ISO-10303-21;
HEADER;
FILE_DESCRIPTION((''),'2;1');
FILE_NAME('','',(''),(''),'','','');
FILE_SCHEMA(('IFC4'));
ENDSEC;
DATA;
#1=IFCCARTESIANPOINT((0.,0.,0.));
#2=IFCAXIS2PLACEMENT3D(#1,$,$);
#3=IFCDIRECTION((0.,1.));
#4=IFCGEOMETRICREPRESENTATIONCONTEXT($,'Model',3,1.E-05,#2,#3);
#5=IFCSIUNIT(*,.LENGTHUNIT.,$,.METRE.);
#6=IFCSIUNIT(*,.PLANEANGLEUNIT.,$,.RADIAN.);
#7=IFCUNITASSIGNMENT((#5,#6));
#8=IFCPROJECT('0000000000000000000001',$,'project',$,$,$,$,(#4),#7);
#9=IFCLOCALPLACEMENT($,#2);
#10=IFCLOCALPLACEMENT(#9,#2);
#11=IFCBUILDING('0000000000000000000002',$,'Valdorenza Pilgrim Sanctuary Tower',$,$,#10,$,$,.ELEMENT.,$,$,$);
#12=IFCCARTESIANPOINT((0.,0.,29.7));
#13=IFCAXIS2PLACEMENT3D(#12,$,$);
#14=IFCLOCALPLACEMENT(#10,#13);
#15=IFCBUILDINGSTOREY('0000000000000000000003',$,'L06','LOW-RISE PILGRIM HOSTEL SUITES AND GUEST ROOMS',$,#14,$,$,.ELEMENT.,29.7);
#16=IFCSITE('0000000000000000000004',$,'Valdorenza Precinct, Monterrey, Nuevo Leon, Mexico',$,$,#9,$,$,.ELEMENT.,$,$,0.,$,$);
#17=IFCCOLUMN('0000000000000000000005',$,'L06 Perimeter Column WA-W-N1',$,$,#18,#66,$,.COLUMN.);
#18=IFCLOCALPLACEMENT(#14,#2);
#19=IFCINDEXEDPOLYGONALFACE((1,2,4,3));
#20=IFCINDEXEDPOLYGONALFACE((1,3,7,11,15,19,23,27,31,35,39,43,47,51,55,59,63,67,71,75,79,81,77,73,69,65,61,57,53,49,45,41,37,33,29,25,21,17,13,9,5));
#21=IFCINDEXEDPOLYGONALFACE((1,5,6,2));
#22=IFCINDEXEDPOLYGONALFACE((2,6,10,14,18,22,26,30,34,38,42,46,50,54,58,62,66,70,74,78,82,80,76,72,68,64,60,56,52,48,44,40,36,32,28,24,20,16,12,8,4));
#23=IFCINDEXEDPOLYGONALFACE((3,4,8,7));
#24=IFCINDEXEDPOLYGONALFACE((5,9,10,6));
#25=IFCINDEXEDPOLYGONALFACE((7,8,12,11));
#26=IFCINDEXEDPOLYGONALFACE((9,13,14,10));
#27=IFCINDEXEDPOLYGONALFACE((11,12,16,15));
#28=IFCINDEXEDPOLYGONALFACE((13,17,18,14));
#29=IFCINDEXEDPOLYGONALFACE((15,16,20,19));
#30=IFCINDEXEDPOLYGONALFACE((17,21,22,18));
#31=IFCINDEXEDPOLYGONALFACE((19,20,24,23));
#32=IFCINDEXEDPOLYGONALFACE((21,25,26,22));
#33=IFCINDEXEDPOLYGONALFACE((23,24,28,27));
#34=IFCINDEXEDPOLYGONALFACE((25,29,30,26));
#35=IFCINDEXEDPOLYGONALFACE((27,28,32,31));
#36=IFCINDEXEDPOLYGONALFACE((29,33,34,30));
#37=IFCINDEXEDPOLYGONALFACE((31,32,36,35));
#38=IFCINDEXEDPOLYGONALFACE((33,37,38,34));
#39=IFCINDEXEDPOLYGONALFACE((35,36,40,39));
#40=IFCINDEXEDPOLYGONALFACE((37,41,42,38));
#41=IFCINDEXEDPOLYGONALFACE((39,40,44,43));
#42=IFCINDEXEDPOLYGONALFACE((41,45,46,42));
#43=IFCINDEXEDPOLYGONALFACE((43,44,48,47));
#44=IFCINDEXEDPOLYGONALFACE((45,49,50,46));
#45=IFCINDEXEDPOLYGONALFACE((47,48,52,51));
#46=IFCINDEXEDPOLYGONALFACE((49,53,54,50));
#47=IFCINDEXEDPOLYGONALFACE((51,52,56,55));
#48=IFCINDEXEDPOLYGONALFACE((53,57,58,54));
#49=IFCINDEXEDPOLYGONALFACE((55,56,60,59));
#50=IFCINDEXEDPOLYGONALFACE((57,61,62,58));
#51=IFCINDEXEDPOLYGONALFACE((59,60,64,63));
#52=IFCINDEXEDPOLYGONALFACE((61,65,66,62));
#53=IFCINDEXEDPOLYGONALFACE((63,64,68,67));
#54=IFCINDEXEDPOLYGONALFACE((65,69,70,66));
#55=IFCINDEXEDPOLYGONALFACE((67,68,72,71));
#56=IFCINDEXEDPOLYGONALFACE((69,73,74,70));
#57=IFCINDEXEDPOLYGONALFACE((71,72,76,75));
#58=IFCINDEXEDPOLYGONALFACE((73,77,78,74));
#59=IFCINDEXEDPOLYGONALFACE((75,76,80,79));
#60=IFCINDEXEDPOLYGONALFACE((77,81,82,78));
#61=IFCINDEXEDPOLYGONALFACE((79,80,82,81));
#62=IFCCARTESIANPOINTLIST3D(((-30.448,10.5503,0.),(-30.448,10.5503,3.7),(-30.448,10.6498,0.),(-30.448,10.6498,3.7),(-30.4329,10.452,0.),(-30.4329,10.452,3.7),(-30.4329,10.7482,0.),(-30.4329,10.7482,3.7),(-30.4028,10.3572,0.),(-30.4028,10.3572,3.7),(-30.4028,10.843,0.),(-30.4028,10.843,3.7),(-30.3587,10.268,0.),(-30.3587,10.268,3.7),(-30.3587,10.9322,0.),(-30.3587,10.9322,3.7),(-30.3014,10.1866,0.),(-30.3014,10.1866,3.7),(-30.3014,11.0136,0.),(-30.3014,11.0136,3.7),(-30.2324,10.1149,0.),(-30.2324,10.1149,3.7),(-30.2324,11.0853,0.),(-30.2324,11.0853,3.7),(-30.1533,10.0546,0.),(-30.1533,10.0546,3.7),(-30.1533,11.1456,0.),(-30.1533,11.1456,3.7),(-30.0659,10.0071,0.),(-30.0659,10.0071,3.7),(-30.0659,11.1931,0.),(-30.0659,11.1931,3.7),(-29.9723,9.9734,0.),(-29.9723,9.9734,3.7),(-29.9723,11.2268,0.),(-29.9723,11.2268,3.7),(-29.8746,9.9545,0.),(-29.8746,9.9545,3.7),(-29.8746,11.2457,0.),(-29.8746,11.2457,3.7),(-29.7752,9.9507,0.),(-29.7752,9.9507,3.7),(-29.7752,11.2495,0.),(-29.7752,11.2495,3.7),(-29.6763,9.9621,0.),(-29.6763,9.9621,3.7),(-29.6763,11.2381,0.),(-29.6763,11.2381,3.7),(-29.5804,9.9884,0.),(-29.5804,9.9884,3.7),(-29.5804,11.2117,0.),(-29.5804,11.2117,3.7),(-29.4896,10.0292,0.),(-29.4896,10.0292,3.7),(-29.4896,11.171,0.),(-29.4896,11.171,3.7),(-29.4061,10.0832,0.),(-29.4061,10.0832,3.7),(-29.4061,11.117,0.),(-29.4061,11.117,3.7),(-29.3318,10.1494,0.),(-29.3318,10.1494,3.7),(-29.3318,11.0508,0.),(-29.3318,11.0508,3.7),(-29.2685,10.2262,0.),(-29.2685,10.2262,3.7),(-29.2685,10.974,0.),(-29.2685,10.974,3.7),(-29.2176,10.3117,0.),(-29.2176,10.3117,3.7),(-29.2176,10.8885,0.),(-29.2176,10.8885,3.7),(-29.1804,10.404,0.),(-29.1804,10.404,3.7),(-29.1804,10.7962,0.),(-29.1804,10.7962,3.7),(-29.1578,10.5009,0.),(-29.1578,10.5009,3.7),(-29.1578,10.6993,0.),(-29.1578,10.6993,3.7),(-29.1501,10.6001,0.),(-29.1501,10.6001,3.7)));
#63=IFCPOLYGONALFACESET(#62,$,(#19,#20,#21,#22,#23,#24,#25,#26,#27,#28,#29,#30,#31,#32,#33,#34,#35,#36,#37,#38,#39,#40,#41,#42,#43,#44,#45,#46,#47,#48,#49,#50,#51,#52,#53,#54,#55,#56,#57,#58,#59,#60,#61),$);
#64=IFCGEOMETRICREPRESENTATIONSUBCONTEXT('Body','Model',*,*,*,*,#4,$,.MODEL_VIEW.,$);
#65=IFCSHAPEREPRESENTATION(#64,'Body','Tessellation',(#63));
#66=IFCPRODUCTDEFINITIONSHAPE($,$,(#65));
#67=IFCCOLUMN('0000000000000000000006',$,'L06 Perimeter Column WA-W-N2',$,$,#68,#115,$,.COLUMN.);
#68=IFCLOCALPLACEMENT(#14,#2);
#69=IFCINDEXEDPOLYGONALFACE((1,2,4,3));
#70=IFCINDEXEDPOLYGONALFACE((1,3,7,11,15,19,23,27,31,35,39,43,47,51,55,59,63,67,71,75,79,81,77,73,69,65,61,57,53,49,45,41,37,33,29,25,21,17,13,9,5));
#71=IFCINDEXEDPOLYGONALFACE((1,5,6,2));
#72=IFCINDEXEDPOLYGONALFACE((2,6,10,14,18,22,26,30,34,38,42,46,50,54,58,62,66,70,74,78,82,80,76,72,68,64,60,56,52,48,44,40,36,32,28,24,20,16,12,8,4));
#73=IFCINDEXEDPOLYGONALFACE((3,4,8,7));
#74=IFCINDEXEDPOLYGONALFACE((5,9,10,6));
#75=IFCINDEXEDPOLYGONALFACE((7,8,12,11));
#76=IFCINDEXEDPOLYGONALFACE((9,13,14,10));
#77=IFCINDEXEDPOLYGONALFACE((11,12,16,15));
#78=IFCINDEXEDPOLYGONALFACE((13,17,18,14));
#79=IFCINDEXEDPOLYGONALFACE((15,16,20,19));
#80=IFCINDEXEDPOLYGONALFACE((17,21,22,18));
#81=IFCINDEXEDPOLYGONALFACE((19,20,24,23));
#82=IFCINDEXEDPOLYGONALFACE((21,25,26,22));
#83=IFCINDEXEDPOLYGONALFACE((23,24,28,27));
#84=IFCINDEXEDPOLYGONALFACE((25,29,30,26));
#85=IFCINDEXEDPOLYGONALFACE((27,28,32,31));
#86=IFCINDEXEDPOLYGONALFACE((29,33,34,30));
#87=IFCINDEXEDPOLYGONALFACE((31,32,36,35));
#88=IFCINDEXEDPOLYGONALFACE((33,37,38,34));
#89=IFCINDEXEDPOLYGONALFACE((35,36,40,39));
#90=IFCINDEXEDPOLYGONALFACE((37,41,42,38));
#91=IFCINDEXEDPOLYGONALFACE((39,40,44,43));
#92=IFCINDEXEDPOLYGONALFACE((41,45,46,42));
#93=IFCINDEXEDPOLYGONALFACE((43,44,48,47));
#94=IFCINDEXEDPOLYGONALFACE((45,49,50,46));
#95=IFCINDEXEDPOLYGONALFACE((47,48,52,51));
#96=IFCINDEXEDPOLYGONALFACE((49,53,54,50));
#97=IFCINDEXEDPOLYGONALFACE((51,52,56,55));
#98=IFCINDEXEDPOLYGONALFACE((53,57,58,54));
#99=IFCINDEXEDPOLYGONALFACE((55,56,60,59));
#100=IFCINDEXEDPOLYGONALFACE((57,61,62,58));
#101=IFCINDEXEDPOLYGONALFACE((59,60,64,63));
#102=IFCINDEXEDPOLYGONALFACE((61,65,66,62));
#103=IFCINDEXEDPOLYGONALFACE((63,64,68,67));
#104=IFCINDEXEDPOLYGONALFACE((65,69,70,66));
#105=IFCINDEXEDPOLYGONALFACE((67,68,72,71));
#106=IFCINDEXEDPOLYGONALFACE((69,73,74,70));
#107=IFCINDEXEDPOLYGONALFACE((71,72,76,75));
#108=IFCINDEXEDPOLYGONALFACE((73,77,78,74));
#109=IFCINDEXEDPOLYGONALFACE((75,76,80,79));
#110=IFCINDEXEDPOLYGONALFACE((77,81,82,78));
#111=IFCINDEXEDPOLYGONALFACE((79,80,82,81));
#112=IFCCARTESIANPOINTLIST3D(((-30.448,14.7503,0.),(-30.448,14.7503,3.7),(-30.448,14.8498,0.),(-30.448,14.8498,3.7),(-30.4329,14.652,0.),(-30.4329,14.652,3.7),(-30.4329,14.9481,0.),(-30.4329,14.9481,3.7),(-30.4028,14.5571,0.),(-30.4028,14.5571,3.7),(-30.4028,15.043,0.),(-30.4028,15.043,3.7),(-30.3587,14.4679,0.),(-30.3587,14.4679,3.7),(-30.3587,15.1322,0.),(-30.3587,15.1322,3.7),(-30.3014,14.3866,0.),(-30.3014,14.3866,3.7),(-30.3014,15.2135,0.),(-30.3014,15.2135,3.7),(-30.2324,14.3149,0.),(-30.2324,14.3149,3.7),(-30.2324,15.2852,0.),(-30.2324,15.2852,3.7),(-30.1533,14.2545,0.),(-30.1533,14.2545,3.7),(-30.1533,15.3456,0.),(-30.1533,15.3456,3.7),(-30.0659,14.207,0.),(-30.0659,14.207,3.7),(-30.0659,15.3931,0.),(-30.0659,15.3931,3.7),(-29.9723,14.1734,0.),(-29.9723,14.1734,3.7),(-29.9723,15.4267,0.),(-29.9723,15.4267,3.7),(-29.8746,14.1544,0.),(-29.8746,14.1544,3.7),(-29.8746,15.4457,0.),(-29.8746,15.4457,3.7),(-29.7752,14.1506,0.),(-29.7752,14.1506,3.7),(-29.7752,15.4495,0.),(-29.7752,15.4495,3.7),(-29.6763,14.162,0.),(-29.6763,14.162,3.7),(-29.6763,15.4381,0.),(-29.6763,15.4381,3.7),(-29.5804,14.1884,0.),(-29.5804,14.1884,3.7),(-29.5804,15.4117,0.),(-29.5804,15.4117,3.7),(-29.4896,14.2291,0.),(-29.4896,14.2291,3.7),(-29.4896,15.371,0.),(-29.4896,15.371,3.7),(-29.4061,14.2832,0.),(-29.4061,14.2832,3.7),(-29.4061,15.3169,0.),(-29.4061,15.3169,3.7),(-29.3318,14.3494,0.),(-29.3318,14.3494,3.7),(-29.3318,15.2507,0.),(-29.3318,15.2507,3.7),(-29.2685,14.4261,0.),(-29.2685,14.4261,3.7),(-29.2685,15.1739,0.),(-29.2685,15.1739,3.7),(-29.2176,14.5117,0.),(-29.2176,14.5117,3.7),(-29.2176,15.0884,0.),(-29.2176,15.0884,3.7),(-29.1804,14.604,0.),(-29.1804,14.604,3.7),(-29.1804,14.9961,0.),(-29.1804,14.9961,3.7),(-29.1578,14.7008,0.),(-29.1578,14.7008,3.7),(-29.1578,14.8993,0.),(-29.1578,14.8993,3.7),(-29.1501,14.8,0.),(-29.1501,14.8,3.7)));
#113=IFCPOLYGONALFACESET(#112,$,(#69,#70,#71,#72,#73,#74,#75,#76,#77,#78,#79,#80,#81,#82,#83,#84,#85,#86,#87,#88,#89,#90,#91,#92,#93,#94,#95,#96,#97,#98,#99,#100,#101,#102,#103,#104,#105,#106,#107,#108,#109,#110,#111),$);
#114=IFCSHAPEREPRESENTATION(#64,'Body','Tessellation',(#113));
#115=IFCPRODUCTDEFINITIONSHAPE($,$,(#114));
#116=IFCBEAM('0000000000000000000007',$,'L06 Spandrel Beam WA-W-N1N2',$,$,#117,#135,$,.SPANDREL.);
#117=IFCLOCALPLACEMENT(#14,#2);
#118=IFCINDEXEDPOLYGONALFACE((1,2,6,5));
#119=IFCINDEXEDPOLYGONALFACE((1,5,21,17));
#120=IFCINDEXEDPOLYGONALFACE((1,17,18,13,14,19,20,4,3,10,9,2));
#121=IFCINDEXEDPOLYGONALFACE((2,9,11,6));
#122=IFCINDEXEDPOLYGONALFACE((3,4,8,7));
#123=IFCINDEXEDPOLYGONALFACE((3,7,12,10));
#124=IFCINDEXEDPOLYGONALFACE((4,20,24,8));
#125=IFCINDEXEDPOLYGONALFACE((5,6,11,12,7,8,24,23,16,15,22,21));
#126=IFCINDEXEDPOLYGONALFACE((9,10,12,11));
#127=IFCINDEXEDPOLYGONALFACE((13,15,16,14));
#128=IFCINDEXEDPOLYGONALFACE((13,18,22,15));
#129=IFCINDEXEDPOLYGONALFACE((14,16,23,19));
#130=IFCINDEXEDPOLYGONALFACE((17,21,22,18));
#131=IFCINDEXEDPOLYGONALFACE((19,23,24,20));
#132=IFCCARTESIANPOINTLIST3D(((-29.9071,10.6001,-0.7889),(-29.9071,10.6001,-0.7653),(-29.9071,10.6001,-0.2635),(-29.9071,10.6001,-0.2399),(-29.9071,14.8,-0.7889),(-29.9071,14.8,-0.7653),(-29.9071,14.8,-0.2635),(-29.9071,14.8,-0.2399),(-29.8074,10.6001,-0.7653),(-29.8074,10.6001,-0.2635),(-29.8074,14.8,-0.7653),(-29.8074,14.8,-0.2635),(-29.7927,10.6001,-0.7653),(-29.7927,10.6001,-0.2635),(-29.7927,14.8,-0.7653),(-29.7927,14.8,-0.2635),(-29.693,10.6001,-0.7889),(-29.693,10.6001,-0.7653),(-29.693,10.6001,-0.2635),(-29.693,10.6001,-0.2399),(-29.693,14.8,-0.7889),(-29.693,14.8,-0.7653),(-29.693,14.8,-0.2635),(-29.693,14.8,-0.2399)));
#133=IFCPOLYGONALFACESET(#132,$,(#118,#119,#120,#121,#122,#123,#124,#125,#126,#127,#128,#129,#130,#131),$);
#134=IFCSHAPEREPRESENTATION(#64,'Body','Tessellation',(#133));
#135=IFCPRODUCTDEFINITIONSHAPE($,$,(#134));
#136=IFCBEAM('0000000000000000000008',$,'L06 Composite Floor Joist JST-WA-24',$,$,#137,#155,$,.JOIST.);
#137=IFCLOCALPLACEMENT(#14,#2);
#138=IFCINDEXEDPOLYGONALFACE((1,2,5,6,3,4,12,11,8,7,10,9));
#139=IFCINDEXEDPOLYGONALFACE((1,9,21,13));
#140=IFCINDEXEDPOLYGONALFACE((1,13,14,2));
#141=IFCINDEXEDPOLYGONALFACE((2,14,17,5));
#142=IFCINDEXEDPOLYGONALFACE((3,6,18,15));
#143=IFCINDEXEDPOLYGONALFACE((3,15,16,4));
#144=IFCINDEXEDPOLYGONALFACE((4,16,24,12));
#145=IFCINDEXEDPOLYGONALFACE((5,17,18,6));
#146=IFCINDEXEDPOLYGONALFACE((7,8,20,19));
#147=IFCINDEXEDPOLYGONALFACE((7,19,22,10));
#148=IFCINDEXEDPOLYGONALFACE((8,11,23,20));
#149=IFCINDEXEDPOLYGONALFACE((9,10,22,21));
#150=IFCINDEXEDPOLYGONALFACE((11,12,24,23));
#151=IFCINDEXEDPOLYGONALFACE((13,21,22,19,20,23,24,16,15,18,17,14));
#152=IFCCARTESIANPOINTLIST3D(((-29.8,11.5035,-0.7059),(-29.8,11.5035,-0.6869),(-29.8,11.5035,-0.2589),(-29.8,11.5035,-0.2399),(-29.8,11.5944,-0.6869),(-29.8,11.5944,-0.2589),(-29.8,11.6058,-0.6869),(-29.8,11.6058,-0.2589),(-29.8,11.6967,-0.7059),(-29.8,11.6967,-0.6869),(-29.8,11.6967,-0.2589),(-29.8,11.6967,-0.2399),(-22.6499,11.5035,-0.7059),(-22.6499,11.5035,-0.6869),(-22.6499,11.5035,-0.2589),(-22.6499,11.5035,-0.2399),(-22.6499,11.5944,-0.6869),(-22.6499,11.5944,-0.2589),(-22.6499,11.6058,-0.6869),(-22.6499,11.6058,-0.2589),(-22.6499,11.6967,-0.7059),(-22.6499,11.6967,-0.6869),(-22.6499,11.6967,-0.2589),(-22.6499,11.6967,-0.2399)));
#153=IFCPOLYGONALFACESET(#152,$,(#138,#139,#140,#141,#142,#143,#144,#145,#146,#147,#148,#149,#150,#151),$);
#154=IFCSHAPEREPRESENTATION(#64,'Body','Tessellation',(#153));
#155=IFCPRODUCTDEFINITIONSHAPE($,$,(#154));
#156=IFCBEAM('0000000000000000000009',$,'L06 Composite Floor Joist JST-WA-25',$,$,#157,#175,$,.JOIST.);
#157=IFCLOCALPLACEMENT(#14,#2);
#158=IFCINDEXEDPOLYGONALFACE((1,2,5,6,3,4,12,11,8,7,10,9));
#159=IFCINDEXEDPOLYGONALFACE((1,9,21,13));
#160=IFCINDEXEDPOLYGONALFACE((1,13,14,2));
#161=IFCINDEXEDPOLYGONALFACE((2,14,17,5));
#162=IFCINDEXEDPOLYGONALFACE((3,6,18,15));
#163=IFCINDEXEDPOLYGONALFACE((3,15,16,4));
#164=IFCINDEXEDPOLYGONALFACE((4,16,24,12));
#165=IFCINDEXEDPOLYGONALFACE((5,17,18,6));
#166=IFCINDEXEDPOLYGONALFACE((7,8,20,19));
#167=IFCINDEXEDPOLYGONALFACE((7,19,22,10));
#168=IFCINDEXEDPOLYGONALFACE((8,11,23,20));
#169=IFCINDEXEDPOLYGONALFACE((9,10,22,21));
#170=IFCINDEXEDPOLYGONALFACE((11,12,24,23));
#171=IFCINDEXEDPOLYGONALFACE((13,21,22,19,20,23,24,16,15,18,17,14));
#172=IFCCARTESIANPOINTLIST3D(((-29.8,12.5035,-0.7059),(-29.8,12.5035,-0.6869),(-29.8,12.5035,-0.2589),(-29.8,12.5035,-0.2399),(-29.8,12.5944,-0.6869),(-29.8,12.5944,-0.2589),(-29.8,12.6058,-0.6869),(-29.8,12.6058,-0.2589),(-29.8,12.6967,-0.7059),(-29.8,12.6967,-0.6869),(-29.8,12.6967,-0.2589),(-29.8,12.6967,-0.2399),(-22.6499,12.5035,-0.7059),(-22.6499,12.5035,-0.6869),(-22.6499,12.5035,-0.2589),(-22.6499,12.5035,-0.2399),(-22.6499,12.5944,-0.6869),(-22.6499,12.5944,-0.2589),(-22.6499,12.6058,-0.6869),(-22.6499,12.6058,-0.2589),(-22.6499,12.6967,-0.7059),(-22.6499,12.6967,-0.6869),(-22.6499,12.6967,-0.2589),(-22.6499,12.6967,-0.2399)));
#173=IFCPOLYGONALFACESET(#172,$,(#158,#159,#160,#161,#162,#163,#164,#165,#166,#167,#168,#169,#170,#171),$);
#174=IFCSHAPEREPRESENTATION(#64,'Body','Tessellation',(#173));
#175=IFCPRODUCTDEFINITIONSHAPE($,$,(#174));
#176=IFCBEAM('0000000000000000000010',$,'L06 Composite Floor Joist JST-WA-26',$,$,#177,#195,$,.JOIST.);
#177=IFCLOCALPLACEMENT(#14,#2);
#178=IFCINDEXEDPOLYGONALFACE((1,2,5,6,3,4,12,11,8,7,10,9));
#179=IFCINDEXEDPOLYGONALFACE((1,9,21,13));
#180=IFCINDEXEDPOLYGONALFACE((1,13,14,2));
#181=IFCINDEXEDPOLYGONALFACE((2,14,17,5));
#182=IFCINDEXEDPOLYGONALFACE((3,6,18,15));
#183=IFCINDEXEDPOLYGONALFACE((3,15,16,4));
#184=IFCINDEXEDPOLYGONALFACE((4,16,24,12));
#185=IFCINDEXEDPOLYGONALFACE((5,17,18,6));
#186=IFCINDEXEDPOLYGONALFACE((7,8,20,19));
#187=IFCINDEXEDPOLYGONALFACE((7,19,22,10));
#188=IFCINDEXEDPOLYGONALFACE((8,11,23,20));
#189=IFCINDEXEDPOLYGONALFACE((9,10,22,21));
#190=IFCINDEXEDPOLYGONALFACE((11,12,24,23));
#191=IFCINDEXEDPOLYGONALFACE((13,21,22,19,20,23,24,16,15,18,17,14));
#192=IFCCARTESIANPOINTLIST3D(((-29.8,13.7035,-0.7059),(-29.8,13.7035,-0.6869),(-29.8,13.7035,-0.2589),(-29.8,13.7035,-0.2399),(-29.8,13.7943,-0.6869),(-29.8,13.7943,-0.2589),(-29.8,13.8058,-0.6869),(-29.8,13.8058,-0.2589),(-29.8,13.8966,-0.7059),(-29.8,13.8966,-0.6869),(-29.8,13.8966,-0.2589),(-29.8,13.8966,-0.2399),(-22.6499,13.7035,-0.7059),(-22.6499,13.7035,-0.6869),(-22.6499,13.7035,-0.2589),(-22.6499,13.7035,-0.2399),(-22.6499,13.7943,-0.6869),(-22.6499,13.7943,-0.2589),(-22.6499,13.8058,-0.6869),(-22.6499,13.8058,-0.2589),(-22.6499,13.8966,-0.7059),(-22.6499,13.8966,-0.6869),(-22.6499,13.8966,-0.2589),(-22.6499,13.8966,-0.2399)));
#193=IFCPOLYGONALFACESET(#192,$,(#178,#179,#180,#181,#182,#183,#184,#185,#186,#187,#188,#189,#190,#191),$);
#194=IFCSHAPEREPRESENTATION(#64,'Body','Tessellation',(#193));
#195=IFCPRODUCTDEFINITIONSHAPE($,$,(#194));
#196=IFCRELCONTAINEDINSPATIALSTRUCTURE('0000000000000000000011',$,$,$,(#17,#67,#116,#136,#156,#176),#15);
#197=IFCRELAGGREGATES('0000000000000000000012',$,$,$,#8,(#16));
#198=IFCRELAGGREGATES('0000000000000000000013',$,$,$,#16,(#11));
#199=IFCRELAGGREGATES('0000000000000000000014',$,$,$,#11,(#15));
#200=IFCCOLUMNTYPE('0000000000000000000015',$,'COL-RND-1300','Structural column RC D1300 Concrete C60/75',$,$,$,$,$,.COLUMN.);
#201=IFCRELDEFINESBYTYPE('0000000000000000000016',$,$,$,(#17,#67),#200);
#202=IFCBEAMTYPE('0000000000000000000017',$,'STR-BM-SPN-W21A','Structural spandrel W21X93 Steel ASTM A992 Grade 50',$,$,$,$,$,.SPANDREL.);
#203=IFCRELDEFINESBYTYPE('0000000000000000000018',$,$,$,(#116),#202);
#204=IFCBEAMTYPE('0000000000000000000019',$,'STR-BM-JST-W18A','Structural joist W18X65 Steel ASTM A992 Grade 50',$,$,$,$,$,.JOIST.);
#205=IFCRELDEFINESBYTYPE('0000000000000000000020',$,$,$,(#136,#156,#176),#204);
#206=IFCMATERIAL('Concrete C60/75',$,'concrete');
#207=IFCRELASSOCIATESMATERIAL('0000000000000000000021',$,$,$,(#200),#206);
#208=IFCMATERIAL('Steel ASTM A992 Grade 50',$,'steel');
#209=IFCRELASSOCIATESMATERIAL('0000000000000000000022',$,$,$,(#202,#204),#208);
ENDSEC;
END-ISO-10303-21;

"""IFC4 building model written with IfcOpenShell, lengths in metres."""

from ifc_helpers import new_model, si_unit, direction, frame, origin, origin_2d, place, context, subcontext, project, spatial, circle, i_section, extrude, source, transform, mapped, material, material_profile, profile_set, type_object, element, save


model = new_model("IFC4")

# Units and contexts
model_context = context("Model", 3, precision=1e-05, world=origin(), true_north=direction((0.0, 1.0)))
body_context = subcontext(model_context, "Body", "Model", "MODEL_VIEW")
ifc_project = project(units=[si_unit("LENGTHUNIT", "METRE"), si_unit("PLANEANGLEUNIT", "RADIAN")], contexts=[model_context])

# Site, building, storey
site_placement = place(None, origin())
site = spatial("IfcSite", under=ifc_project, at=site_placement, Name="Valdorenza Precinct, Monterrey, Nuevo Leon, Mexico", CompositionType="ELEMENT", RefElevation=0.0)
building_placement = place(site_placement, origin())
building = spatial("IfcBuilding", under=site, at=building_placement, Name="Valdorenza Pilgrim Sanctuary Tower", CompositionType="ELEMENT")
storey_placement = place(building_placement, frame((0.0, 0.0, 29.7)))
storey = spatial("IfcBuildingStorey", under=building, at=storey_placement, Name="L06", Description="LOW-RISE PILGRIM HOSTEL SUITES AND GUEST ROOMS", CompositionType="ELEMENT", Elevation=29.7)

# Columns
ifc_material_1 = material(Name="Concrete C60/75", Category="concrete")
ifc_material_profile_1 = material_profile(ifc_material_1, circle(Radius=0.6499, at=origin_2d()), Name="RC D1300")
ifc_profile_set_1 = profile_set([ifc_material_profile_1], Name="Concrete C60/75")
column_type = type_object("IfcColumnType", Name="COL-RND-1300", Description="Structural column RC D1300 Concrete C60/75", PredefinedType="COLUMN", material=ifc_profile_set_1)
shared_shape_1 = source(origin(), body_context, "Body", "SweptSolid", [
    extrude(circle(Radius=0.6499, at=origin_2d()), origin(), (0.0, 0.0, 1.0), 3.7),
])
for number, where, z_axis, x_axis, name in (
    (1, (-29.8, 10.6001, 0.0), (0.0, 0.0, 1.0), (1.0, 0.0, 0.0), "L06 Perimeter Column WA-W-N1"),
    (2, (-29.8, 14.8, 0.0), (0.0, 0.0, 1.0), (1.0, 0.0, 0.0), "L06 Perimeter Column WA-W-N2"),
):
    element("IfcColumn", number, at=place(storey_placement, frame(where, z_axis=z_axis, x_axis=x_axis)), inside=storey, type_object=column_type, Name=name, PredefinedType="COLUMN", context=body_context, shape_type="MappedRepresentation", body=[
        mapped(shared_shape_1, transform((0.0, 0.0, 0.0), x_axis=(1.0, 0.0, 0.0), y_axis=(0.0, 1.0, 0.0), z_axis=(0.0, 0.0, 1.0), scale=1.0)),
    ])

# Beams
ifc_material_2 = material(Name="Steel ASTM A992 Grade 50", Category="steel")
ifc_material_profile_2 = material_profile(ifc_material_2, i_section(OverallWidth=0.2141, OverallDepth=0.5491, WebThickness=0.0146, FlangeThickness=0.0237, at=origin_2d()), Name="W21X93")
ifc_profile_set_2 = profile_set([ifc_material_profile_2], Name="Steel ASTM A992 Grade 50")
beam_type_1 = type_object("IfcBeamType", Name="STR-BM-SPN-W21A", Description="Structural spandrel W21X93 Steel ASTM A992 Grade 50", PredefinedType="SPANDREL", material=ifc_profile_set_2)
shared_shape_2 = source(origin(), body_context, "Body", "SweptSolid", [
    extrude(i_section(OverallWidth=0.2141, OverallDepth=0.5491, WebThickness=0.0146, FlangeThickness=0.0237, at=origin_2d()), origin(), (0.0, 0.0, 1.0), 4.2),
])
beam_placement = place(storey_placement, frame((-29.8, 10.6001, -0.5144), z_axis=(0.0, 1.0, 0.0), x_axis=(-1.0, 0.0, 0.0)))
element("IfcBeam", 3, at=beam_placement, inside=storey, type_object=beam_type_1, Name="L06 Spandrel Beam WA-W-N1N2", PredefinedType="SPANDREL", context=body_context, shape_type="MappedRepresentation", body=[
    mapped(shared_shape_2, transform((0.0, 0.0, 0.0), x_axis=(1.0, 0.0, 0.0), y_axis=(0.0, 1.0, 0.0), z_axis=(0.0, 0.0, 1.0), scale=1.0)),
])
ifc_material_profile_3 = material_profile(ifc_material_2, i_section(OverallWidth=0.1931, OverallDepth=0.4661, WebThickness=0.0115, FlangeThickness=0.019, at=origin_2d()), Name="W18X65")
ifc_profile_set_3 = profile_set([ifc_material_profile_3], Name="Steel ASTM A992 Grade 50")
beam_type_2 = type_object("IfcBeamType", Name="STR-BM-JST-W18A", Description="Structural joist W18X65 Steel ASTM A992 Grade 50", PredefinedType="JOIST", material=ifc_profile_set_3)
shared_shape_3 = source(origin(), body_context, "Body", "SweptSolid", [
    extrude(i_section(OverallWidth=0.1931, OverallDepth=0.4661, WebThickness=0.0115, FlangeThickness=0.019, at=origin_2d()), origin(), (0.0, 0.0, 1.0), 7.1501),
])
for number, where, z_axis, x_axis, name in (
    (4, (-29.8, 11.6001, -0.4729), (1.0, 0.0, 0.0), (0.0, 1.0, 0.0), "L06 Composite Floor Joist JST-WA-24"),
    (5, (-29.8, 12.6001, -0.4729), (1.0, 0.0, 0.0), (0.0, 1.0, 0.0), "L06 Composite Floor Joist JST-WA-25"),
    (6, (-29.8, 13.8, -0.4729), (1.0, 0.0, 0.0), (0.0, 1.0, 0.0), "L06 Composite Floor Joist JST-WA-26"),
):
    element("IfcBeam", number, at=place(storey_placement, frame(where, z_axis=z_axis, x_axis=x_axis)), inside=storey, type_object=beam_type_2, Name=name, PredefinedType="JOIST", context=body_context, shape_type="MappedRepresentation", body=[
        mapped(shared_shape_3, transform((0.0, 0.0, 0.0), x_axis=(1.0, 0.0, 0.0), y_axis=(0.0, 1.0, 0.0), z_axis=(0.0, 0.0, 1.0), scale=1.0)),
    ])

save(model, "model.ifc")
